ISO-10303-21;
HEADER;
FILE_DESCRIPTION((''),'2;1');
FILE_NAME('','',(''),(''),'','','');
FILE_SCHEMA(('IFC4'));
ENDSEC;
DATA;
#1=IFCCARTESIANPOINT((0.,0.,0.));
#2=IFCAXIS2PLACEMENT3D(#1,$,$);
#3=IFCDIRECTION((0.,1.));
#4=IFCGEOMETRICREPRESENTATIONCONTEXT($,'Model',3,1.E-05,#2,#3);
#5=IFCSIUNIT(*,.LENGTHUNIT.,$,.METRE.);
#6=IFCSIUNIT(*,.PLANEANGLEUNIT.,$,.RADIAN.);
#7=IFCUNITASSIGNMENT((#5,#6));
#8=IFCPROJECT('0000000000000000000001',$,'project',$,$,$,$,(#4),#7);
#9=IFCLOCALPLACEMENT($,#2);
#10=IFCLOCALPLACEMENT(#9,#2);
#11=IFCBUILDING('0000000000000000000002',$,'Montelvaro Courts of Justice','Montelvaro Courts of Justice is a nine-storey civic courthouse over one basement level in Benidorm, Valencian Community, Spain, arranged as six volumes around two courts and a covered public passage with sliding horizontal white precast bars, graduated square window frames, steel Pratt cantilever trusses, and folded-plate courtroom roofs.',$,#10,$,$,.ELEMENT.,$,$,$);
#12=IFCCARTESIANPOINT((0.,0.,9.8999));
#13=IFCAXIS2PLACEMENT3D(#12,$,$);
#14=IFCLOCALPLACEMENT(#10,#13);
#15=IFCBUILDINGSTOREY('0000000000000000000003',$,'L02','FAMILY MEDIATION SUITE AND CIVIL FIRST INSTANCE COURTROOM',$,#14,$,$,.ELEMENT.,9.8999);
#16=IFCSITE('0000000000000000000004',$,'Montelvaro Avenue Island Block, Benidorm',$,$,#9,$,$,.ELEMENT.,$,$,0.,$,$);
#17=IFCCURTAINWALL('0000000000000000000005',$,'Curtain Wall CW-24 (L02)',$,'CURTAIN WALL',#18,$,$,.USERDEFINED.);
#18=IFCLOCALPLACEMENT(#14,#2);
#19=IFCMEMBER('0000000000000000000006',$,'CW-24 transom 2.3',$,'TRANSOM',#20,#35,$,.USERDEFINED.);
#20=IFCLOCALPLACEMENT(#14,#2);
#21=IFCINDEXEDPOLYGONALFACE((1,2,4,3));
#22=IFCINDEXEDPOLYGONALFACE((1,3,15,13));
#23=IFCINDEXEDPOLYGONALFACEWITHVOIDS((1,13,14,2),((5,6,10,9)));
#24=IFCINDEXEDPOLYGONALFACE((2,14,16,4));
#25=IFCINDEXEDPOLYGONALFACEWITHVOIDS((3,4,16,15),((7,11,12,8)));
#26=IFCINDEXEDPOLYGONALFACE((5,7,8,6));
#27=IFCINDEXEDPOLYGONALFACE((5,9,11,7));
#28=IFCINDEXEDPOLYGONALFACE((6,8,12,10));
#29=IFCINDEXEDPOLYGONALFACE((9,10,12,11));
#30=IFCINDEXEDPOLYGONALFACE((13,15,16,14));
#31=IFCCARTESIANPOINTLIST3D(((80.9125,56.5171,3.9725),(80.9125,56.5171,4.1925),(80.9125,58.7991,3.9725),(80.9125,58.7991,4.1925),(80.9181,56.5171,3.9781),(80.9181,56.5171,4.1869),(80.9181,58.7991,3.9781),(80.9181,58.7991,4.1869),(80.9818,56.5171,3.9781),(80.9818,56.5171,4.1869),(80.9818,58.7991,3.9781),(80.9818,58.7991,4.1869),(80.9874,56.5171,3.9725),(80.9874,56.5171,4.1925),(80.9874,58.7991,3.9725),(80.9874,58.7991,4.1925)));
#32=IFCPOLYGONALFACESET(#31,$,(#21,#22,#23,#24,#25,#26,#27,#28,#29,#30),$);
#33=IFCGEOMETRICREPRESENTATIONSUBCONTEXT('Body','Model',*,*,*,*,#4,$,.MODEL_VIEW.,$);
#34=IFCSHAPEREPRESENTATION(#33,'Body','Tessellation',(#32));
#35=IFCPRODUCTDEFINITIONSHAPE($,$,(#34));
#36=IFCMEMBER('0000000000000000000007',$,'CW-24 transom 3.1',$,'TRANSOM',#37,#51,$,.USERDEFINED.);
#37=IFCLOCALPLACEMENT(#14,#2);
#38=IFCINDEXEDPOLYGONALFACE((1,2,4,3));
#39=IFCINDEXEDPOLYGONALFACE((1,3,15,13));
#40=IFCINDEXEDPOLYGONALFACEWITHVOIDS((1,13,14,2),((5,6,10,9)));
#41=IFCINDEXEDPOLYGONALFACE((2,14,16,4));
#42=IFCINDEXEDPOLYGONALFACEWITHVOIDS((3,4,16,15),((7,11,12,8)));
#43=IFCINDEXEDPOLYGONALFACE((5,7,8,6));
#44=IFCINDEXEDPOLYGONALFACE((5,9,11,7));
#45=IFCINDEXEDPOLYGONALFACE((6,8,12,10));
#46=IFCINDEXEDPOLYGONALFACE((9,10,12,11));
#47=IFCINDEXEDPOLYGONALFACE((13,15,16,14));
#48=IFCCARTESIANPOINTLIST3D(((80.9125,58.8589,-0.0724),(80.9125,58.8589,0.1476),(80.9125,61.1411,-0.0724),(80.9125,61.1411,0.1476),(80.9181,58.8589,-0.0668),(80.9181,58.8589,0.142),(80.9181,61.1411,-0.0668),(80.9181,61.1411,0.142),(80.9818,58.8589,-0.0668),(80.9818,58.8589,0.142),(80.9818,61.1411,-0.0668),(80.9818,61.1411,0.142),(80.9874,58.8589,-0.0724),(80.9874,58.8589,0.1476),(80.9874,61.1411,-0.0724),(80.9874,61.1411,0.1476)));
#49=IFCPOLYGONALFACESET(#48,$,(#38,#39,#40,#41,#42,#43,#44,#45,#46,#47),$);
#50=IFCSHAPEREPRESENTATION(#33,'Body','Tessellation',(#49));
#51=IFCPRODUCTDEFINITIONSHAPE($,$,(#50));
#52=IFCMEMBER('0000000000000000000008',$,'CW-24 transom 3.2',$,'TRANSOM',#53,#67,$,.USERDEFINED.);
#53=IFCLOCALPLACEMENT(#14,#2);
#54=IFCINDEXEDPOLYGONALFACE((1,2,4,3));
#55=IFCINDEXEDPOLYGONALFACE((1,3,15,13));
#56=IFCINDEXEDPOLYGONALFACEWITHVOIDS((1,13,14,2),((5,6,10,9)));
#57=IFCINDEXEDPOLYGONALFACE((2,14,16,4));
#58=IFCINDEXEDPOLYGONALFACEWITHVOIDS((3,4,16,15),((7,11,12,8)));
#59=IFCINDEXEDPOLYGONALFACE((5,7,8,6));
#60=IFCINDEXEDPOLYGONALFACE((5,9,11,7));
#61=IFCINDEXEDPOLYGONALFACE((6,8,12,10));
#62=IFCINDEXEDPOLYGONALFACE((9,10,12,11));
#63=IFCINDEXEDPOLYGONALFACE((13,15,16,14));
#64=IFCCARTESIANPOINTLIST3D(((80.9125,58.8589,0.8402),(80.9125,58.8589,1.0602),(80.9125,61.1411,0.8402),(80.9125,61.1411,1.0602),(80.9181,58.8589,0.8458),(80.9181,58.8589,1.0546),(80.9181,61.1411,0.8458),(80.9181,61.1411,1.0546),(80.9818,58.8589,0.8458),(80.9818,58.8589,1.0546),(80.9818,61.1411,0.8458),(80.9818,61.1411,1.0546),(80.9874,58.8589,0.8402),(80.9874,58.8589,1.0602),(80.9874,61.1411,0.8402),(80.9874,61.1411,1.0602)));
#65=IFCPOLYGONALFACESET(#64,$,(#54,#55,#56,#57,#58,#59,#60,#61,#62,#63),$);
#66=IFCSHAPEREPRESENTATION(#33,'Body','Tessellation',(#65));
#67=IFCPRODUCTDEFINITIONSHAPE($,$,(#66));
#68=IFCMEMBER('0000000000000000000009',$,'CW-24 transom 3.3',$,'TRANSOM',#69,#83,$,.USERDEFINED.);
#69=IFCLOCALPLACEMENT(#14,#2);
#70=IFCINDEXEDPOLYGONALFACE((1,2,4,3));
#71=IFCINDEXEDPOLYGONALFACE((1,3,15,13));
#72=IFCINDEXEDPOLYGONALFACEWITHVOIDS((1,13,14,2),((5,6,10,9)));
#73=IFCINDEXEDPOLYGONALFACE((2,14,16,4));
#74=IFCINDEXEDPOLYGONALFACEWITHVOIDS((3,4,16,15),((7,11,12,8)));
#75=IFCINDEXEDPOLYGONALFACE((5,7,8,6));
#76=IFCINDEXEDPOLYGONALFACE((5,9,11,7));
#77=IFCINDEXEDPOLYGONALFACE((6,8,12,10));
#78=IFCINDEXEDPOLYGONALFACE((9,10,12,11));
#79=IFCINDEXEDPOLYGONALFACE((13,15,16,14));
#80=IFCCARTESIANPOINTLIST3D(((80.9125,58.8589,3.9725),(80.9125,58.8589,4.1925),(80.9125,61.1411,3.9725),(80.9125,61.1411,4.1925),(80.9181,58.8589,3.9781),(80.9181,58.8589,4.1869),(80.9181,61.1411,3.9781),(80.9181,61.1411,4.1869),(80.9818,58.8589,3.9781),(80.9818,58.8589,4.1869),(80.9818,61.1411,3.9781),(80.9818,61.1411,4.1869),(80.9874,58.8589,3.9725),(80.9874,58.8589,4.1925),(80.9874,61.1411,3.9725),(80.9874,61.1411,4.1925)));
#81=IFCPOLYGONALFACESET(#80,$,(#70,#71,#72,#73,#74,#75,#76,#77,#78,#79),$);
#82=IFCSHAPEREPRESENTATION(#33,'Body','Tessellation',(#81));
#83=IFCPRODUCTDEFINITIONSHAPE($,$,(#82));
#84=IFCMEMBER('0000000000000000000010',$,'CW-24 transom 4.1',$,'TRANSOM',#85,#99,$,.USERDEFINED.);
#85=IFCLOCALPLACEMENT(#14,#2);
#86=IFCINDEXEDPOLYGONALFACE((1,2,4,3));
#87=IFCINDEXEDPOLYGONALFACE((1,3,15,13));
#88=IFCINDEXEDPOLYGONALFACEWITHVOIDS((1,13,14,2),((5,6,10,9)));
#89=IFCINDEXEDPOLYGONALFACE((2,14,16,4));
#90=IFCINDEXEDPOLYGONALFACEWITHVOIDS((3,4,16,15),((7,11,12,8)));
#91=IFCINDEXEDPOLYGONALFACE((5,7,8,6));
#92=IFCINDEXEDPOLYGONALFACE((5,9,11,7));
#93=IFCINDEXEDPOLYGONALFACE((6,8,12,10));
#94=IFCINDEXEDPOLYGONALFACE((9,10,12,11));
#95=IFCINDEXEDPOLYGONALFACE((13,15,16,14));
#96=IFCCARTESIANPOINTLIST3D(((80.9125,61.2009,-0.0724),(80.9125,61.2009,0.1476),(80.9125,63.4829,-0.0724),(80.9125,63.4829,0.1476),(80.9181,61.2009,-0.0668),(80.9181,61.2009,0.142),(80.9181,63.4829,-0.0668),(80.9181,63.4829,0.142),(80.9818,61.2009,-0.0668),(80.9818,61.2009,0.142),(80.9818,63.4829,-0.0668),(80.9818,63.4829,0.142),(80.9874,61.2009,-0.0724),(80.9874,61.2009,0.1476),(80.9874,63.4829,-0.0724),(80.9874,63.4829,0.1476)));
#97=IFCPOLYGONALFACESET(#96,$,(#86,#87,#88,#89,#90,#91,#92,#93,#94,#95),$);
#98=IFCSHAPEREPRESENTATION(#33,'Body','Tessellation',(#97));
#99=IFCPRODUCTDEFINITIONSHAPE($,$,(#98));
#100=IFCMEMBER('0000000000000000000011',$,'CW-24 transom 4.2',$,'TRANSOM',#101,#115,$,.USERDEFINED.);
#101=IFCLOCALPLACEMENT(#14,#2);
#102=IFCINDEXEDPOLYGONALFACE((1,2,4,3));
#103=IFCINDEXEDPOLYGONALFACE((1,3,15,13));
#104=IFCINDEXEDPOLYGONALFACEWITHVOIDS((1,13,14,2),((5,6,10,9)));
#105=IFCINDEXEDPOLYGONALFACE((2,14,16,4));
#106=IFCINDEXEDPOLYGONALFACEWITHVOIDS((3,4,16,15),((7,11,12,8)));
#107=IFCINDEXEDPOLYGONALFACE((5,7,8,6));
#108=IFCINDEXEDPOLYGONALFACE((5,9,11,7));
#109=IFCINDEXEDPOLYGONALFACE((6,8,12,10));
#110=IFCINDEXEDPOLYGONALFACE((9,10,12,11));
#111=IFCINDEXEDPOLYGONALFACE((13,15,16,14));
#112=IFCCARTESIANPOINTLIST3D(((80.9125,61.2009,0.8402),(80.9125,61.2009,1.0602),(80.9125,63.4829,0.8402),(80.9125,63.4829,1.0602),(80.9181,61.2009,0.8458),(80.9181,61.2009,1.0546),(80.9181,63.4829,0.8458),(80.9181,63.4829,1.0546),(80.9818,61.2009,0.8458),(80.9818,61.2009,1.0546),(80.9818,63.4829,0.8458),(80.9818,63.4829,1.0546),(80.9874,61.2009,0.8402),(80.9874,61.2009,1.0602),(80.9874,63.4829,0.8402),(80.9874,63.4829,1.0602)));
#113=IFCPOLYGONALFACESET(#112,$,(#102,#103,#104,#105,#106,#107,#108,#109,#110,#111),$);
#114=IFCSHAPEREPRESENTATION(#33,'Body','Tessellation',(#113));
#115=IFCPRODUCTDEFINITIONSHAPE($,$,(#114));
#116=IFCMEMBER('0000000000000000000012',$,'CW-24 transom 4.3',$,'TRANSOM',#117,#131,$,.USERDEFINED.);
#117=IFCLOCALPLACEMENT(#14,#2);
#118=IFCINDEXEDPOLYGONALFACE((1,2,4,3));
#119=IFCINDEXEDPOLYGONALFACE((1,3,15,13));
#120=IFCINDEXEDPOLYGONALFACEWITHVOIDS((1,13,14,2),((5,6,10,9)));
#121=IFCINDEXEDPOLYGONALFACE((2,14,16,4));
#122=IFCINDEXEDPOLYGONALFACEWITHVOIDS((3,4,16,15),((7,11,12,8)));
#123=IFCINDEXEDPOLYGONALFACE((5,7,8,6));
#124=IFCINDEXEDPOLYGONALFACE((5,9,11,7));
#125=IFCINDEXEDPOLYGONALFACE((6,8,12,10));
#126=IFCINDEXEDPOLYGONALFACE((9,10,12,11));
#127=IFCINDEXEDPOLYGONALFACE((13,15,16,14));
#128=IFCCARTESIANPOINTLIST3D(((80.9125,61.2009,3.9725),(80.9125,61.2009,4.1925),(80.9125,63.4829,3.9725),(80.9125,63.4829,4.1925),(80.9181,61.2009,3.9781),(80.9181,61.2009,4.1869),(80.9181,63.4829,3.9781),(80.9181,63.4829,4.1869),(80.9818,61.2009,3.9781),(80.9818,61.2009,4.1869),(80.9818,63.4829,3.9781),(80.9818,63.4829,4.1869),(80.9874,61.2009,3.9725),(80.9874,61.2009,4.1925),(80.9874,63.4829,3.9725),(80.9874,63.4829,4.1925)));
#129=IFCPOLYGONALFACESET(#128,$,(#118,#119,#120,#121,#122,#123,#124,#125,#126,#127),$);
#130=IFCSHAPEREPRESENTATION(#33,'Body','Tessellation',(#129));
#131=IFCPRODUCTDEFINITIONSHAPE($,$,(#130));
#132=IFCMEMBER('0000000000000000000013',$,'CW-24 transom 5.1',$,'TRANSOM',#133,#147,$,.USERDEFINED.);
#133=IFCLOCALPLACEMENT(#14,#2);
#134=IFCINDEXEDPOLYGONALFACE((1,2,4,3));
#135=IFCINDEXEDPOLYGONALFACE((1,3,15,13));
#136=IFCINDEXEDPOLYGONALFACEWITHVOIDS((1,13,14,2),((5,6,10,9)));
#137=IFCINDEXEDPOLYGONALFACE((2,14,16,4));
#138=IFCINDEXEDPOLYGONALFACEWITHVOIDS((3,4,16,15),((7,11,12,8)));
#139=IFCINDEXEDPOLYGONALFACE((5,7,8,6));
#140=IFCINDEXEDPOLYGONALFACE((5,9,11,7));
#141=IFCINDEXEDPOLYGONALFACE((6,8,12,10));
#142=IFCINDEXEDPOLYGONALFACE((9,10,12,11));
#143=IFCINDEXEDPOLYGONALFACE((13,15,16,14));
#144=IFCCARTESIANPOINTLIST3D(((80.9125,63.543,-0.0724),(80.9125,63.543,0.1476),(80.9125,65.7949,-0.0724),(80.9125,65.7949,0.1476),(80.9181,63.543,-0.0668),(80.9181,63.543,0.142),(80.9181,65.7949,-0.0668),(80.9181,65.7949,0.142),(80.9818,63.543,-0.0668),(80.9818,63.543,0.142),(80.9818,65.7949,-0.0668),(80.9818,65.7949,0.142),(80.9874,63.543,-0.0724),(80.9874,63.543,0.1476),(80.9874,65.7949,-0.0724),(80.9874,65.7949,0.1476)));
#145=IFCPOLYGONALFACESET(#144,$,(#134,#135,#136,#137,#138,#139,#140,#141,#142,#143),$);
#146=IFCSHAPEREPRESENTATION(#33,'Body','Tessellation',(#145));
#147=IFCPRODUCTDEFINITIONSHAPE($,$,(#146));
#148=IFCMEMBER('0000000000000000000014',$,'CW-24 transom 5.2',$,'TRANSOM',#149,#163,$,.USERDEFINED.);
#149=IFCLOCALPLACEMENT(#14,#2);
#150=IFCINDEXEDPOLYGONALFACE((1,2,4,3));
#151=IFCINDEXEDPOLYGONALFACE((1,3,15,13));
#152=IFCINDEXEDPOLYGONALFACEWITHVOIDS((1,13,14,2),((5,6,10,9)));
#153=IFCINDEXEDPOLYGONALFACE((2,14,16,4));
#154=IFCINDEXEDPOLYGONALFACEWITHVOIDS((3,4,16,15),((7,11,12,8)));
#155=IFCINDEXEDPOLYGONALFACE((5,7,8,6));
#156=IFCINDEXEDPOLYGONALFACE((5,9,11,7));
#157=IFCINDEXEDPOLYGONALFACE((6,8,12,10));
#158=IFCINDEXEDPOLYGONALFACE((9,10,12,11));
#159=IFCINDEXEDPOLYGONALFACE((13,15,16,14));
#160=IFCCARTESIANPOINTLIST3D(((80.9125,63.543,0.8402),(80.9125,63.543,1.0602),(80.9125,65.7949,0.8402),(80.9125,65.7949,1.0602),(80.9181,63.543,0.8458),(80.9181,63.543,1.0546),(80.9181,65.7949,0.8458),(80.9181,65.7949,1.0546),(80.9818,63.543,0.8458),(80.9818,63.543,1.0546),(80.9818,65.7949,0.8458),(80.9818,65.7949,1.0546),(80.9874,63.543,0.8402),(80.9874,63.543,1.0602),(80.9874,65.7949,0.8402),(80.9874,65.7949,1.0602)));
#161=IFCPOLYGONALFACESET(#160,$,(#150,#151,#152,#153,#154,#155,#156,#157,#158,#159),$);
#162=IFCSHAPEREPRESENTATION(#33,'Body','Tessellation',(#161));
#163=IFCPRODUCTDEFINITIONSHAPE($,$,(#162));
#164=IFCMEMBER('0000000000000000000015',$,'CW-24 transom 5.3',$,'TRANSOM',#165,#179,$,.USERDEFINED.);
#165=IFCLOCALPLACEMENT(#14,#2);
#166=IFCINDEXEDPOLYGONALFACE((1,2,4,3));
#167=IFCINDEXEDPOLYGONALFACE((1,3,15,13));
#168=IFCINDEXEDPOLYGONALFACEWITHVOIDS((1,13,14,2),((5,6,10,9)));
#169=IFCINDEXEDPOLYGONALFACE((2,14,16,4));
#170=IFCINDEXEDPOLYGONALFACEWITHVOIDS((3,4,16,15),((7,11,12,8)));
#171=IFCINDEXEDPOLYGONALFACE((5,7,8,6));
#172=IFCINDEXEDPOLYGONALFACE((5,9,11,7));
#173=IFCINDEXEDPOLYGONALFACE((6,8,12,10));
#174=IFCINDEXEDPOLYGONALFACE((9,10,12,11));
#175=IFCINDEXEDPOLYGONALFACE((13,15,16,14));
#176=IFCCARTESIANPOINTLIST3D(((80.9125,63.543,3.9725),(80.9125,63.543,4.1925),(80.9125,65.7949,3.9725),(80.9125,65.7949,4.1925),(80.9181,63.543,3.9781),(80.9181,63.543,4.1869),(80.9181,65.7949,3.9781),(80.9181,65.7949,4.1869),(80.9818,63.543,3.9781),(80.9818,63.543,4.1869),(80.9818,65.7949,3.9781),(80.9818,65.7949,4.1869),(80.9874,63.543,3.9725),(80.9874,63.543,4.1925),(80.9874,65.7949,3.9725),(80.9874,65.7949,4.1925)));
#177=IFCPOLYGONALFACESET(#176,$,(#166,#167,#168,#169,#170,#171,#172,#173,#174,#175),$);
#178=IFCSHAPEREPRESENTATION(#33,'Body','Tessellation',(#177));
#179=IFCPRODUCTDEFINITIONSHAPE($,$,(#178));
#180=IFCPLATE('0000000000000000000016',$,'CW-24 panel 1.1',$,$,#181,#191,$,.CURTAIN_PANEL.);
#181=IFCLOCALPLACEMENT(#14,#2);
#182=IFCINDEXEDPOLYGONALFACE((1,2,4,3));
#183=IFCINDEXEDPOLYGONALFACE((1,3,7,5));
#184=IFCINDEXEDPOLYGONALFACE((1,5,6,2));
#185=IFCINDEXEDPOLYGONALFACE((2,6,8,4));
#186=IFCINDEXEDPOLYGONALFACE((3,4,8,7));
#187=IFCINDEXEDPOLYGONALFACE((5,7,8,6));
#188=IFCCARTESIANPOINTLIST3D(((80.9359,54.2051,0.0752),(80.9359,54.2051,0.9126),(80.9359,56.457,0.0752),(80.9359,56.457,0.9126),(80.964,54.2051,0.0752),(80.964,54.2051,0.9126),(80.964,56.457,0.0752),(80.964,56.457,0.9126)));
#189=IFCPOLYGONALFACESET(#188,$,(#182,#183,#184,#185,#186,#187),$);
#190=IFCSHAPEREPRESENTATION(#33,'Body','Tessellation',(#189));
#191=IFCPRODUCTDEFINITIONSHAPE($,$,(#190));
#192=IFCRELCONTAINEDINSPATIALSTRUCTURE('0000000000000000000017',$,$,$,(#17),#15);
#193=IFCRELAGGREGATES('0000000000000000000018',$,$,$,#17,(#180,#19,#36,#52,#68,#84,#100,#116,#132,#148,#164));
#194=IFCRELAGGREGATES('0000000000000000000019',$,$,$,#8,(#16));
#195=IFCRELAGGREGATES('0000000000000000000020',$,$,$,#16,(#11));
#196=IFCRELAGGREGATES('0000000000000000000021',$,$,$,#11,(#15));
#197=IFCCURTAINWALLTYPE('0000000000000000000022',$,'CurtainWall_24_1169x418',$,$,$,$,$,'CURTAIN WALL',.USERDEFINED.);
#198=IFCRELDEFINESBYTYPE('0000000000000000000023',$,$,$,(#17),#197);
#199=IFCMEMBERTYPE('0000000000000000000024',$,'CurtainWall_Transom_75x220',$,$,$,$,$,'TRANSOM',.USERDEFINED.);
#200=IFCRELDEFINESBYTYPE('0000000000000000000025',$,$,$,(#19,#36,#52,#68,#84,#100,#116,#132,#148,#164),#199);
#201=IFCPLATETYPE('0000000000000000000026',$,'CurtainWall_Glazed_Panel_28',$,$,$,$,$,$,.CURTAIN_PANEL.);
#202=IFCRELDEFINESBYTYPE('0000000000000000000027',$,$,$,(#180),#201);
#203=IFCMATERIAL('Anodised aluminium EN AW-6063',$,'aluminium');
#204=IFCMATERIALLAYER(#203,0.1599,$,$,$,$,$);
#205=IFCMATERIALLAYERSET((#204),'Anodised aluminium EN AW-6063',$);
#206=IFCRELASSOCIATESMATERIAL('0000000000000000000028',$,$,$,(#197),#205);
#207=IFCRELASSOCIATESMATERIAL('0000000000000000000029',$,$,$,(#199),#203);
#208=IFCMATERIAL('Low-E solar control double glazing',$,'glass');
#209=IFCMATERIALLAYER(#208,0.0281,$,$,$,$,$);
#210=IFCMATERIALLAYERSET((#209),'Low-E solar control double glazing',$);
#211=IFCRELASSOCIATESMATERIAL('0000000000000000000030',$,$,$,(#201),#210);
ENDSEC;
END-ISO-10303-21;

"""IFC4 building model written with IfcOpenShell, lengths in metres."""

from ifc_helpers import new_model, si_unit, direction, frame, origin, origin_2d, place, context, subcontext, project, spatial, rectangle, hollow_rectangle, extrude, material, layer, layer_set, material_profile, profile_set, type_object, element, aggregate, save


model = new_model("IFC4")

# Units and contexts
model_context = context("Model", 3, precision=1e-05, world=origin(), true_north=direction((0.0, 1.0)))
body_context = subcontext(model_context, "Body", "Model", "MODEL_VIEW")
ifc_project = project(units=[si_unit("LENGTHUNIT", "METRE"), si_unit("PLANEANGLEUNIT", "RADIAN")], contexts=[model_context])

# Site, building, storey
site_placement = place(None, origin())
site = spatial("IfcSite", under=ifc_project, at=site_placement, Name="Montelvaro Avenue Island Block, Benidorm", CompositionType="ELEMENT", RefElevation=0.0)
building_placement = place(site_placement, origin())
building = spatial("IfcBuilding", under=site, at=building_placement, Name="Montelvaro Courts of Justice", Description="Montelvaro Courts of Justice is a nine-storey civic courthouse over one basement level in Benidorm, Valencian Community, Spain, arranged as six volumes around two courts and a covered public passage with sliding horizontal white precast bars, graduated square window frames, steel Pratt cantilever trusses, and folded-plate courtroom roofs.", CompositionType="ELEMENT")
storey_placement = place(building_placement, frame((0.0, 0.0, 9.8999)))
storey = spatial("IfcBuildingStorey", under=building, at=storey_placement, Name="L02", Description="FAMILY MEDIATION SUITE AND CIVIL FIRST INSTANCE COURTROOM", CompositionType="ELEMENT", Elevation=9.8999)

# Curtain wall
ifc_material_1 = material(Name="Anodised aluminium EN AW-6063", Category="aluminium")
ifc_layer_1 = layer(ifc_material_1, 0.1599)
ifc_layer_set_1 = layer_set([ifc_layer_1], Name="Anodised aluminium EN AW-6063")
curtain_wall_type_1 = type_object("IfcCurtainWallType", Name="CurtainWall_24_1169x418", ElementType="CURTAIN WALL", PredefinedType="USERDEFINED", material=ifc_layer_set_1)
curtain_wall_1_placement = place(storey_placement, origin())
curtain_wall_1 = element("IfcCurtainWall", 1, at=curtain_wall_1_placement, inside=storey, type_object=curtain_wall_type_1, Name="Curtain Wall CW-24 (L02)", ObjectType="CURTAIN WALL", PredefinedType="USERDEFINED")

# Members
ifc_material_profile_1 = material_profile(ifc_material_1, hollow_rectangle(XDim=0.075, YDim=0.22, WallThickness=0.0056, at=origin_2d()), Name="ALU-T 75x220")
ifc_profile_set_1 = profile_set([ifc_material_profile_1], Name="Anodised aluminium EN AW-6063")
member_type_1 = type_object("IfcMemberType", Name="CurtainWall_Transom_75x220", ElementType="TRANSOM", PredefinedType="USERDEFINED", material=ifc_profile_set_1)
member_1_placement = place(storey_placement, frame((80.95, 56.5171, 4.0825), z_axis=(0.0, 1.0, 0.0), x_axis=(-1.0, 0.0, 0.0)))
member_1 = element("IfcMember", 2, at=member_1_placement, type_object=member_type_1, Name="CW-24 transom 2.3", ObjectType="TRANSOM", PredefinedType="USERDEFINED", context=body_context, shape_type="SweptSolid", body=[
    extrude(hollow_rectangle(XDim=0.075, YDim=0.22, WallThickness=0.0056, at=origin_2d()), origin(), (0.0, 0.0, 1.0), 2.282),
])
member_2_placement = place(storey_placement, frame((80.95, 58.8589, 0.0376), z_axis=(0.0, 1.0, 0.0), x_axis=(-1.0, 0.0, 0.0)))
member_2 = element("IfcMember", 3, at=member_2_placement, type_object=member_type_1, Name="CW-24 transom 3.1", ObjectType="TRANSOM", PredefinedType="USERDEFINED", context=body_context, shape_type="SweptSolid", body=[
    extrude(hollow_rectangle(XDim=0.075, YDim=0.22, WallThickness=0.0056, at=origin_2d()), origin(), (0.0, 0.0, 1.0), 2.2822),
])
member_3_placement = place(storey_placement, frame((80.95, 58.8589, 0.9502), z_axis=(0.0, 1.0, 0.0), x_axis=(-1.0, 0.0, 0.0)))
member_3 = element("IfcMember", 4, at=member_3_placement, type_object=member_type_1, Name="CW-24 transom 3.2", ObjectType="TRANSOM", PredefinedType="USERDEFINED", context=body_context, shape_type="SweptSolid", body=[
    extrude(hollow_rectangle(XDim=0.075, YDim=0.22, WallThickness=0.0056, at=origin_2d()), origin(), (0.0, 0.0, 1.0), 2.2822),
])
member_4_placement = place(storey_placement, frame((80.95, 58.8589, 4.0825), z_axis=(0.0, 1.0, 0.0), x_axis=(-1.0, 0.0, 0.0)))
member_4 = element("IfcMember", 5, at=member_4_placement, type_object=member_type_1, Name="CW-24 transom 3.3", ObjectType="TRANSOM", PredefinedType="USERDEFINED", context=body_context, shape_type="SweptSolid", body=[
    extrude(hollow_rectangle(XDim=0.075, YDim=0.22, WallThickness=0.0056, at=origin_2d()), origin(), (0.0, 0.0, 1.0), 2.2822),
])
member_5_placement = place(storey_placement, frame((80.95, 61.2009, 0.0376), z_axis=(0.0, 1.0, 0.0), x_axis=(-1.0, 0.0, 0.0)))
member_5 = element("IfcMember", 6, at=member_5_placement, type_object=member_type_1, Name="CW-24 transom 4.1", ObjectType="TRANSOM", PredefinedType="USERDEFINED", context=body_context, shape_type="SweptSolid", body=[
    extrude(hollow_rectangle(XDim=0.075, YDim=0.22, WallThickness=0.0056, at=origin_2d()), origin(), (0.0, 0.0, 1.0), 2.282),
])
member_6_placement = place(storey_placement, frame((80.95, 61.2009, 0.9502), z_axis=(0.0, 1.0, 0.0), x_axis=(-1.0, 0.0, 0.0)))
member_6 = element("IfcMember", 7, at=member_6_placement, type_object=member_type_1, Name="CW-24 transom 4.2", ObjectType="TRANSOM", PredefinedType="USERDEFINED", context=body_context, shape_type="SweptSolid", body=[
    extrude(hollow_rectangle(XDim=0.075, YDim=0.22, WallThickness=0.0056, at=origin_2d()), origin(), (0.0, 0.0, 1.0), 2.282),
])
member_7_placement = place(storey_placement, frame((80.95, 61.2009, 4.0825), z_axis=(0.0, 1.0, 0.0), x_axis=(-1.0, 0.0, 0.0)))
member_7 = element("IfcMember", 8, at=member_7_placement, type_object=member_type_1, Name="CW-24 transom 4.3", ObjectType="TRANSOM", PredefinedType="USERDEFINED", context=body_context, shape_type="SweptSolid", body=[
    extrude(hollow_rectangle(XDim=0.075, YDim=0.22, WallThickness=0.0056, at=origin_2d()), origin(), (0.0, 0.0, 1.0), 2.282),
])
member_8_placement = place(storey_placement, frame((80.95, 63.543, 0.0376), z_axis=(0.0, 1.0, 0.0), x_axis=(-1.0, 0.0, 0.0)))
member_8 = element("IfcMember", 9, at=member_8_placement, type_object=member_type_1, Name="CW-24 transom 5.1", ObjectType="TRANSOM", PredefinedType="USERDEFINED", context=body_context, shape_type="SweptSolid", body=[
    extrude(hollow_rectangle(XDim=0.075, YDim=0.22, WallThickness=0.0056, at=origin_2d()), origin(), (0.0, 0.0, 1.0), 2.252),
])
member_9_placement = place(storey_placement, frame((80.95, 63.543, 0.9502), z_axis=(0.0, 1.0, 0.0), x_axis=(-1.0, 0.0, 0.0)))
member_9 = element("IfcMember", 10, at=member_9_placement, type_object=member_type_1, Name="CW-24 transom 5.2", ObjectType="TRANSOM", PredefinedType="USERDEFINED", context=body_context, shape_type="SweptSolid", body=[
    extrude(hollow_rectangle(XDim=0.075, YDim=0.22, WallThickness=0.0056, at=origin_2d()), origin(), (0.0, 0.0, 1.0), 2.252),
])
member_10_placement = place(storey_placement, frame((80.95, 63.543, 4.0825), z_axis=(0.0, 1.0, 0.0), x_axis=(-1.0, 0.0, 0.0)))
member_10 = element("IfcMember", 11, at=member_10_placement, type_object=member_type_1, Name="CW-24 transom 5.3", ObjectType="TRANSOM", PredefinedType="USERDEFINED", context=body_context, shape_type="SweptSolid", body=[
    extrude(hollow_rectangle(XDim=0.075, YDim=0.22, WallThickness=0.0056, at=origin_2d()), origin(), (0.0, 0.0, 1.0), 2.252),
])

# Plate
ifc_material_2 = material(Name="Low-E solar control double glazing", Category="glass")
ifc_layer_2 = layer(ifc_material_2, 0.0281)
ifc_layer_set_2 = layer_set([ifc_layer_2], Name="Low-E solar control double glazing")
plate_type = type_object("IfcPlateType", Name="CurtainWall_Glazed_Panel_28", PredefinedType="CURTAIN_PANEL", material=ifc_layer_set_2)
plate_1_placement = place(storey_placement, frame((80.95, 55.3311, 0.0752), z_axis=(0.0, 0.0, 1.0), x_axis=(0.0, 1.0, 0.0)))
plate_1 = element("IfcPlate", 12, at=plate_1_placement, type_object=plate_type, Name="CW-24 panel 1.1", PredefinedType="CURTAIN_PANEL", context=body_context, shape_type="SweptSolid", body=[
    extrude(rectangle(XDim=2.252, YDim=0.0281, at=origin_2d()), origin(), (0.0, 0.0, 1.0), 0.8374),
])
aggregate(curtain_wall_1, [plate_1, member_1, member_2, member_3, member_4, member_5, member_6, member_7, member_8, member_9, member_10])

save(model, "model.ifc")
